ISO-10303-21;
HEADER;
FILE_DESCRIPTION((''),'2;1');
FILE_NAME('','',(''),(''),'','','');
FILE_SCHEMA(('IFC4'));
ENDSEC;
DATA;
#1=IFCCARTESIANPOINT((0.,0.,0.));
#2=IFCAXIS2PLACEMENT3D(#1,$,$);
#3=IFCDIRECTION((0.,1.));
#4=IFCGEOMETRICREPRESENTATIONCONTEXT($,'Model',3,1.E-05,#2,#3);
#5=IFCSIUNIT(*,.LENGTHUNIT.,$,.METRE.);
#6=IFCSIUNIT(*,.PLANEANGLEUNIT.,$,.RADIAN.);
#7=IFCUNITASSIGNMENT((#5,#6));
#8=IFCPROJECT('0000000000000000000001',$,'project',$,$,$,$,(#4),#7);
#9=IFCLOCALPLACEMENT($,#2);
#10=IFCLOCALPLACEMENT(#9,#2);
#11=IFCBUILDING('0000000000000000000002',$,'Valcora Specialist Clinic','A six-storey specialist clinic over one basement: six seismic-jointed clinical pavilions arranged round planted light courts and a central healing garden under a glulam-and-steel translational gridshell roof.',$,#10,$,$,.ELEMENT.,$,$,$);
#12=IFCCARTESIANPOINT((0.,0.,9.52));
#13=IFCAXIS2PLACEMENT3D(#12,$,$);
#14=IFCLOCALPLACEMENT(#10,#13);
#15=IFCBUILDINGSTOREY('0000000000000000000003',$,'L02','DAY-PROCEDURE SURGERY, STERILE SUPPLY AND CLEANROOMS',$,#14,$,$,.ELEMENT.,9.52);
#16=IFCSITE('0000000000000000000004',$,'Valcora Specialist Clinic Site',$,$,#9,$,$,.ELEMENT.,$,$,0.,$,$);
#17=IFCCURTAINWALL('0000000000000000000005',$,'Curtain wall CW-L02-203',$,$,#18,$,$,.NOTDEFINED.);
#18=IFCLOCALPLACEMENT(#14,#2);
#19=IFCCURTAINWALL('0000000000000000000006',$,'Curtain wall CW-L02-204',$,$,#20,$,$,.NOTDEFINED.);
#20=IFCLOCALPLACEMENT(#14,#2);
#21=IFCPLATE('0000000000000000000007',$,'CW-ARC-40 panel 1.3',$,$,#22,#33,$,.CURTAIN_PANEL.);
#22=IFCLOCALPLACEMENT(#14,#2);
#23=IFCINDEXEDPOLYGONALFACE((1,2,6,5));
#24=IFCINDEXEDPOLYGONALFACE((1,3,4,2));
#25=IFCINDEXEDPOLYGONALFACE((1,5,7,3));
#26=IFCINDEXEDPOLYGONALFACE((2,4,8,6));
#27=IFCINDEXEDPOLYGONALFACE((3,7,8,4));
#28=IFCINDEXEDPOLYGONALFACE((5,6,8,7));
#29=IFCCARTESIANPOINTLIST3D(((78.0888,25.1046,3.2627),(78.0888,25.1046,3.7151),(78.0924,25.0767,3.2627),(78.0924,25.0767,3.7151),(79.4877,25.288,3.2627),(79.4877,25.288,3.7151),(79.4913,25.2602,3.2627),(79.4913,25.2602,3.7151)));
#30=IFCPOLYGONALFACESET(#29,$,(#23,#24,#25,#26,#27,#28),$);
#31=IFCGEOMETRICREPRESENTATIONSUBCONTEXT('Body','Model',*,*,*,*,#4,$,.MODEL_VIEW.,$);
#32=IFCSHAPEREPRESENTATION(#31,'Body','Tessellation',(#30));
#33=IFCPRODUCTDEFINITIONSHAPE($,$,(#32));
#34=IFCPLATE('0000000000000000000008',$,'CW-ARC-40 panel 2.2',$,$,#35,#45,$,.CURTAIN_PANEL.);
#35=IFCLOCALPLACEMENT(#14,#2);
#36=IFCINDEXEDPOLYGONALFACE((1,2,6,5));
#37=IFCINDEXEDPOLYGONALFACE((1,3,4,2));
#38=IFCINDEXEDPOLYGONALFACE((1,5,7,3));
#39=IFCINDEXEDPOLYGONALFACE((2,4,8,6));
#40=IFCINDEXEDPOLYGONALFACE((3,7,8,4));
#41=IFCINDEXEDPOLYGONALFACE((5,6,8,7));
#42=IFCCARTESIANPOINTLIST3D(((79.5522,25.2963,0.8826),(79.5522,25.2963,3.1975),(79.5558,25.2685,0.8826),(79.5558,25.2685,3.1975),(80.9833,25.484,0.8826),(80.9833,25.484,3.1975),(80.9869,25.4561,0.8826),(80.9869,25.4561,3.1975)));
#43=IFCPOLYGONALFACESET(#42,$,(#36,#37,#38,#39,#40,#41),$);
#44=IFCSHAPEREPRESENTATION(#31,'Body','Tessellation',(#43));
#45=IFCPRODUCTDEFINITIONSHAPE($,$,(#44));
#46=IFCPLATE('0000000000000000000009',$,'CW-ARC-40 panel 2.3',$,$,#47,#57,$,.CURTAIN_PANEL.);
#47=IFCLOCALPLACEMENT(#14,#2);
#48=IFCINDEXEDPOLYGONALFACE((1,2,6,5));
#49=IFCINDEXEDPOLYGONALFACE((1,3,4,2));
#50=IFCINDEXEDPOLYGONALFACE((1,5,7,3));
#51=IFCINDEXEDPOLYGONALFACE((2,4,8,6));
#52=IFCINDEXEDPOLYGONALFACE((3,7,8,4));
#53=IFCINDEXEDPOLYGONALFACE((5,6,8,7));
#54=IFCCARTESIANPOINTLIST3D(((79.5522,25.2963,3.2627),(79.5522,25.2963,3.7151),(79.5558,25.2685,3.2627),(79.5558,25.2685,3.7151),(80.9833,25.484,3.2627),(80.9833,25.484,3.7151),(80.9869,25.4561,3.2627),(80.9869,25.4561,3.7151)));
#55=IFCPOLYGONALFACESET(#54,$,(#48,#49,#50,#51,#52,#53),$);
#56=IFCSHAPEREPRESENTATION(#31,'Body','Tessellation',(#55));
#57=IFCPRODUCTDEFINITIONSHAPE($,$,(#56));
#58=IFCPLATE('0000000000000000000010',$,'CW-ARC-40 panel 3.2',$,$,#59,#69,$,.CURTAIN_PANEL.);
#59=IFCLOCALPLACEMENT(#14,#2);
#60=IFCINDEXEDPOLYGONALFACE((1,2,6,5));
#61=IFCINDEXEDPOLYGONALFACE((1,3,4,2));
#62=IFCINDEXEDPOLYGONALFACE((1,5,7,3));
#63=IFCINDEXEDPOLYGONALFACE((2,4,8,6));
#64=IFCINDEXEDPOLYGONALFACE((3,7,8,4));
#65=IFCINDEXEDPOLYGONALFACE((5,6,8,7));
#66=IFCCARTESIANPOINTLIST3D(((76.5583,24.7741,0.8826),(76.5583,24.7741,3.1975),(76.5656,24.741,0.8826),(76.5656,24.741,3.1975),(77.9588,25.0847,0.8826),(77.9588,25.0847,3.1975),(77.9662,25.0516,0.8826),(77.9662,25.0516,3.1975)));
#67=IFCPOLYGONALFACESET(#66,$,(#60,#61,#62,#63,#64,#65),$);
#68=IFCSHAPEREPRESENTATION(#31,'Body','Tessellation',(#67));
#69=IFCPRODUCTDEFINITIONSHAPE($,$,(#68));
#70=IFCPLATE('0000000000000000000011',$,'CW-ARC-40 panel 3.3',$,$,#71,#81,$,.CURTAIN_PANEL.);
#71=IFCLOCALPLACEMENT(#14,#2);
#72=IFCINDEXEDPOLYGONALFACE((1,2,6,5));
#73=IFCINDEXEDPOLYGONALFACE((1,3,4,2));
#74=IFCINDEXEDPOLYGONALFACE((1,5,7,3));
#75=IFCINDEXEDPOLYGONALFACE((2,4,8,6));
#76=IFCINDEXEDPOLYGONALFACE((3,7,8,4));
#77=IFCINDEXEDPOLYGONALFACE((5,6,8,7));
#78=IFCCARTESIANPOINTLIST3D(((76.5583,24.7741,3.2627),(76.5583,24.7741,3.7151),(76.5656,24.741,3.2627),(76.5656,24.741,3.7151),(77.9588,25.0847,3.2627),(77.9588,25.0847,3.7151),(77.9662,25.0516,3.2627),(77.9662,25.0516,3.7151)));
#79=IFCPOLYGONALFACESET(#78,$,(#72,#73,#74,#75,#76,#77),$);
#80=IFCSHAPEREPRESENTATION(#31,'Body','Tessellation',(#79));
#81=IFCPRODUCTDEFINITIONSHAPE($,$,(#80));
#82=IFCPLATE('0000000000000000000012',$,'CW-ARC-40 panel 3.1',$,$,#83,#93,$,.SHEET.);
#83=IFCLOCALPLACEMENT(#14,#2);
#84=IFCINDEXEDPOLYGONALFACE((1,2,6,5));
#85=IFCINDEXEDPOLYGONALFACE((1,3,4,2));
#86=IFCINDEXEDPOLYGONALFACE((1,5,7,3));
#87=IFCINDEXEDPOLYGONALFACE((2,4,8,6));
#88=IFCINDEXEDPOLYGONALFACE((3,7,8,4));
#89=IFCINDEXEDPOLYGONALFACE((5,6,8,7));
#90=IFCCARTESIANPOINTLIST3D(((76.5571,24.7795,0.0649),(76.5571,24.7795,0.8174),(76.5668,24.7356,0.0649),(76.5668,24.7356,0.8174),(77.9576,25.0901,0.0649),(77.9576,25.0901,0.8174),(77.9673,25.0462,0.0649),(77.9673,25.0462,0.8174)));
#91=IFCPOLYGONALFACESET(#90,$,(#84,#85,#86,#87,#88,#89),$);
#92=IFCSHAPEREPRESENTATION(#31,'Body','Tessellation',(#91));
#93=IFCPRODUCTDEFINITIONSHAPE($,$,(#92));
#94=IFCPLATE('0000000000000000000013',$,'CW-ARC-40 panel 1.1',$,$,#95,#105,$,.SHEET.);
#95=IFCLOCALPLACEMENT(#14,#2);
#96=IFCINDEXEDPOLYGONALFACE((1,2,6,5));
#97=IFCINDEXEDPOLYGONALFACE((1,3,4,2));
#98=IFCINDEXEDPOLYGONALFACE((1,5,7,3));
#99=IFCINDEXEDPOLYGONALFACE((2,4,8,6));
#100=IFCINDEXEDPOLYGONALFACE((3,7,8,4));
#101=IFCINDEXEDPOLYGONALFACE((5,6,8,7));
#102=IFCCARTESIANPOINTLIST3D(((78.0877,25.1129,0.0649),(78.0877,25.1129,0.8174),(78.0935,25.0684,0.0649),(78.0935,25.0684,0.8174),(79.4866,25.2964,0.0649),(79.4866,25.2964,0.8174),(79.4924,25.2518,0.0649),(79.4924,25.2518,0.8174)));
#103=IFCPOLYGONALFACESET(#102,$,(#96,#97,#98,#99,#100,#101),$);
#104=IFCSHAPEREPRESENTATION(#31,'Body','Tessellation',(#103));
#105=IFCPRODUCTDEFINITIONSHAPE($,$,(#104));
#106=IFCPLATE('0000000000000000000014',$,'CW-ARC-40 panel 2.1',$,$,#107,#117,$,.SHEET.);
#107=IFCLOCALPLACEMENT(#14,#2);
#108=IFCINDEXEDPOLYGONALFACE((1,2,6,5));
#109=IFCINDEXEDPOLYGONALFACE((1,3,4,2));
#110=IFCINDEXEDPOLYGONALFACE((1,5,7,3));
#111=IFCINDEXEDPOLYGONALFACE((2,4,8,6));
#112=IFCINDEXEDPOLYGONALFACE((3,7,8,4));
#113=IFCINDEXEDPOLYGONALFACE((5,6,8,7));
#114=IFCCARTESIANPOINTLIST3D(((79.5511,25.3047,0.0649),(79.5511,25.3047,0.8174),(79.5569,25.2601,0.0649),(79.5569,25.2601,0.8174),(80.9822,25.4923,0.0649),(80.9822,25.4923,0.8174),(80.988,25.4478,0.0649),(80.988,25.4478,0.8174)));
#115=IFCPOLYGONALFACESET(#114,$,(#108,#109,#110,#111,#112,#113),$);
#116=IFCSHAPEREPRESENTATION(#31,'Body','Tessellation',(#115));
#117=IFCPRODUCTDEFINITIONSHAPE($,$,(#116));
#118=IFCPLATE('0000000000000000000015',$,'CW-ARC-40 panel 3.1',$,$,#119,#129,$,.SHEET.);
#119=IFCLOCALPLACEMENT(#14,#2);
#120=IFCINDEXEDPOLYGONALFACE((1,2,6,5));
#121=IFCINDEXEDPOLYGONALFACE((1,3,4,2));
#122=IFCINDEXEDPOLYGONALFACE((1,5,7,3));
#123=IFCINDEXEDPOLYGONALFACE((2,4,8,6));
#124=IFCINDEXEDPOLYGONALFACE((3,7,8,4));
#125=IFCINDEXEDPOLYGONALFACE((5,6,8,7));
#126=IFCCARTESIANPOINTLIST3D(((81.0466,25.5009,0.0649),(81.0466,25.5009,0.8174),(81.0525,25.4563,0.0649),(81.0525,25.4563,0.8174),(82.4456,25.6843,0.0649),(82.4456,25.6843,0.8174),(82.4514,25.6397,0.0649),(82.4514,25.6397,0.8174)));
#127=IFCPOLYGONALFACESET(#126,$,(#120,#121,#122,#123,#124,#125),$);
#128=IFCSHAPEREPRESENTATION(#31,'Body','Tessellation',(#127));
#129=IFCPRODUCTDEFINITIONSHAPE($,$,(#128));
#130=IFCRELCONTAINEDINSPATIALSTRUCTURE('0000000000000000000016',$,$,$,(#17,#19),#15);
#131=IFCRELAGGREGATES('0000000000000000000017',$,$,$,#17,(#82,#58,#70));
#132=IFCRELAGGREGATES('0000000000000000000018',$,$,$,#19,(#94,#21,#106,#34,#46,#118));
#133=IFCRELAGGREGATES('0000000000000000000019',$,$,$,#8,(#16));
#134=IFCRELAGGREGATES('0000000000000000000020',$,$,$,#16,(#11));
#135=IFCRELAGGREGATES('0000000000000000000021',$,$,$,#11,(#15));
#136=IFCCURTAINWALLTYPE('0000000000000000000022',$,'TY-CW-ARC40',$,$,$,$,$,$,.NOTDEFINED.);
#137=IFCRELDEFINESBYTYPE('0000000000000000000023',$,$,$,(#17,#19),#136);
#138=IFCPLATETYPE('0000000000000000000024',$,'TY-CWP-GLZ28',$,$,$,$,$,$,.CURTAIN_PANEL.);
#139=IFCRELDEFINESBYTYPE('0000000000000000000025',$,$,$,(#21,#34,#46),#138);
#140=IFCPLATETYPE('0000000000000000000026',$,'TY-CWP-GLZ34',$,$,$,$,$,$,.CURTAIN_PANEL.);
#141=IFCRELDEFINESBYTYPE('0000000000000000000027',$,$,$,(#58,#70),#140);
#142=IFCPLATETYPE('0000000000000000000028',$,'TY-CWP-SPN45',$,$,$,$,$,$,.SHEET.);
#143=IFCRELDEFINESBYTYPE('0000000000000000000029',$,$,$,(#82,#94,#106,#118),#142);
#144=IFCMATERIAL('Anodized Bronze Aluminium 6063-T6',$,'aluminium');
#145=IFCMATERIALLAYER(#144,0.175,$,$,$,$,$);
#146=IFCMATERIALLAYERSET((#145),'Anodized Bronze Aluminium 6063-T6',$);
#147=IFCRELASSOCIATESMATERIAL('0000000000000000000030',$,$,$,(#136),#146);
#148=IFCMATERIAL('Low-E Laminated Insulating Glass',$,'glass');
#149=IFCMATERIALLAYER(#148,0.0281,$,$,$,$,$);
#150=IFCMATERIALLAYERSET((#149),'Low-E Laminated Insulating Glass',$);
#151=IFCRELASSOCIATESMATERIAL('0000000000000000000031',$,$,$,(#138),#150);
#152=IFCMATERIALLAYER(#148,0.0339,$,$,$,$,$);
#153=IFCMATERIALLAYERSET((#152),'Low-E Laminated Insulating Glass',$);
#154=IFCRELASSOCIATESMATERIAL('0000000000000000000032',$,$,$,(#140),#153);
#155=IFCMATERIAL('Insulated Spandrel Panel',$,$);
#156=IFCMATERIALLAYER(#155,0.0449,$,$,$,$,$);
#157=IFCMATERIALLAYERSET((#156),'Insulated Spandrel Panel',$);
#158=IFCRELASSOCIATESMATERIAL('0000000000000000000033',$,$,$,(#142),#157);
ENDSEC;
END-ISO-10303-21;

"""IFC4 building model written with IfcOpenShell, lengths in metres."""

from ifc_helpers import new_model, si_unit, direction, frame, origin, origin_2d, place, context, subcontext, project, spatial, rectangle, extrude, material, layer, layer_set, type_object, element, aggregate, save


model = new_model("IFC4")

# Units and contexts
model_context = context("Model", 3, precision=1e-05, world=origin(), true_north=direction((0.0, 1.0)))
body_context = subcontext(model_context, "Body", "Model", "MODEL_VIEW")
ifc_project = project(units=[si_unit("LENGTHUNIT", "METRE"), si_unit("PLANEANGLEUNIT", "RADIAN")], contexts=[model_context])

# Site, building, storey
site_placement = place(None, origin())
site = spatial("IfcSite", under=ifc_project, at=site_placement, Name="Valcora Specialist Clinic Site", CompositionType="ELEMENT", RefElevation=0.0)
building_placement = place(site_placement, origin())
building = spatial("IfcBuilding", under=site, at=building_placement, Name="Valcora Specialist Clinic", Description="A six-storey specialist clinic over one basement: six seismic-jointed clinical pavilions arranged round planted light courts and a central healing garden under a glulam-and-steel translational gridshell roof.", CompositionType="ELEMENT")
storey_placement = place(building_placement, frame((0.0, 0.0, 9.52)))
storey = spatial("IfcBuildingStorey", under=building, at=storey_placement, Name="L02", Description="DAY-PROCEDURE SURGERY, STERILE SUPPLY AND CLEANROOMS", CompositionType="ELEMENT", Elevation=9.52)

# Curtain walls
ifc_material_1 = material(Name="Anodized Bronze Aluminium 6063-T6", Category="aluminium")
ifc_layer_1 = layer(ifc_material_1, 0.175)
ifc_layer_set_1 = layer_set([ifc_layer_1], Name="Anodized Bronze Aluminium 6063-T6")
curtain_wall_type = type_object("IfcCurtainWallType", Name="TY-CW-ARC40", PredefinedType="NOTDEFINED", material=ifc_layer_set_1)
curtain_wall_1_placement = place(storey_placement, origin())
curtain_wall_1 = element("IfcCurtainWall", 1, at=curtain_wall_1_placement, inside=storey, type_object=curtain_wall_type, Name="Curtain wall CW-L02-203", PredefinedType="NOTDEFINED")
curtain_wall_2_placement = place(storey_placement, origin())
curtain_wall_2 = element("IfcCurtainWall", 2, at=curtain_wall_2_placement, inside=storey, type_object=curtain_wall_type, Name="Curtain wall CW-L02-204", PredefinedType="NOTDEFINED")

# Plates
ifc_material_2 = material(Name="Low-E Laminated Insulating Glass", Category="glass")
ifc_layer_2 = layer(ifc_material_2, 0.0281)
ifc_layer_set_2 = layer_set([ifc_layer_2], Name="Low-E Laminated Insulating Glass")
plate_type_1 = type_object("IfcPlateType", Name="TY-CWP-GLZ28", PredefinedType="CURTAIN_PANEL", material=ifc_layer_set_2)
plate_1_placement = place(storey_placement, frame((78.79, 25.1824, 3.2627), z_axis=(0.0, 0.0, 1.0), x_axis=(0.991514, 0.129999, 0.0)))
plate_1 = element("IfcPlate", 3, at=plate_1_placement, type_object=plate_type_1, Name="CW-ARC-40 panel 1.3", PredefinedType="CURTAIN_PANEL", context=body_context, shape_type="SweptSolid", body=[
    extrude(rectangle(XDim=1.4109, YDim=0.0281, at=origin_2d()), origin(), (0.0, 0.0, 1.0), 0.4524),
])
plate_2_placement = place(storey_placement, frame((80.2695, 25.3762, 0.8826), z_axis=(0.0, 0.0, 1.0), x_axis=(0.991514, 0.129999, 0.0)))
plate_2 = element("IfcPlate", 4, at=plate_2_placement, type_object=plate_type_1, Name="CW-ARC-40 panel 2.2", PredefinedType="CURTAIN_PANEL", context=body_context, shape_type="SweptSolid", body=[
    extrude(rectangle(XDim=1.4434, YDim=0.0281, at=origin_2d()), origin(), (0.0, 0.0, 1.0), 2.3149),
])
plate_3_placement = place(storey_placement, frame((80.2695, 25.3762, 3.2627), z_axis=(0.0, 0.0, 1.0), x_axis=(0.991514, 0.129999, 0.0)))
plate_3 = element("IfcPlate", 5, at=plate_3_placement, type_object=plate_type_1, Name="CW-ARC-40 panel 2.3", PredefinedType="CURTAIN_PANEL", context=body_context, shape_type="SweptSolid", body=[
    extrude(rectangle(XDim=1.4434, YDim=0.0281, at=origin_2d()), origin(), (0.0, 0.0, 1.0), 0.4524),
])
ifc_layer_3 = layer(ifc_material_2, 0.0339)
ifc_layer_set_3 = layer_set([ifc_layer_3], Name="Low-E Laminated Insulating Glass")
plate_type_2 = type_object("IfcPlateType", Name="TY-CWP-GLZ34", PredefinedType="CURTAIN_PANEL", material=ifc_layer_set_3)
plate_4_placement = place(storey_placement, frame((77.2622, 24.9128, 0.8826), z_axis=(0.0, 0.0, 1.0), x_axis=(0.976279, 0.216518, 0.0)))
plate_4 = element("IfcPlate", 6, at=plate_4_placement, type_object=plate_type_2, Name="CW-ARC-40 panel 3.2", PredefinedType="CURTAIN_PANEL", context=body_context, shape_type="SweptSolid", body=[
    extrude(rectangle(XDim=1.4346, YDim=0.0339, at=origin_2d()), origin(), (0.0, 0.0, 1.0), 2.3149),
])
plate_5_placement = place(storey_placement, frame((77.2622, 24.9128, 3.2627), z_axis=(0.0, 0.0, 1.0), x_axis=(0.976279, 0.216518, 0.0)))
plate_5 = element("IfcPlate", 7, at=plate_5_placement, type_object=plate_type_2, Name="CW-ARC-40 panel 3.3", PredefinedType="CURTAIN_PANEL", context=body_context, shape_type="SweptSolid", body=[
    extrude(rectangle(XDim=1.4346, YDim=0.0339, at=origin_2d()), origin(), (0.0, 0.0, 1.0), 0.4524),
])
ifc_material_3 = material(Name="Insulated Spandrel Panel")
ifc_layer_4 = layer(ifc_material_3, 0.0449)
ifc_layer_set_4 = layer_set([ifc_layer_4], Name="Insulated Spandrel Panel")
plate_type_3 = type_object("IfcPlateType", Name="TY-CWP-SPN45", PredefinedType="SHEET", material=ifc_layer_set_4)
plate_6_placement = place(storey_placement, frame((77.2622, 24.9128, 0.0649), z_axis=(0.0, 0.0, 1.0), x_axis=(0.976279, 0.216518, 0.0)))
plate_6 = element("IfcPlate", 8, at=plate_6_placement, type_object=plate_type_3, Name="CW-ARC-40 panel 3.1", PredefinedType="SHEET", context=body_context, shape_type="SweptSolid", body=[
    extrude(rectangle(XDim=1.4346, YDim=0.0449, at=origin_2d()), origin(), (0.0, 0.0, 1.0), 0.7524),
])
aggregate(curtain_wall_1, [plate_6, plate_4, plate_5])
plate_7_placement = place(storey_placement, frame((78.79, 25.1824, 0.0649), z_axis=(0.0, 0.0, 1.0), x_axis=(0.991514, 0.129999, 0.0)))
plate_7 = element("IfcPlate", 9, at=plate_7_placement, type_object=plate_type_3, Name="CW-ARC-40 panel 1.1", PredefinedType="SHEET", context=body_context, shape_type="SweptSolid", body=[
    extrude(rectangle(XDim=1.4109, YDim=0.0449, at=origin_2d()), origin(), (0.0, 0.0, 1.0), 0.7524),
])
plate_8_placement = place(storey_placement, frame((80.2695, 25.3762, 0.0649), z_axis=(0.0, 0.0, 1.0), x_axis=(0.991514, 0.129999, 0.0)))
plate_8 = element("IfcPlate", 10, at=plate_8_placement, type_object=plate_type_3, Name="CW-ARC-40 panel 2.1", PredefinedType="SHEET", context=body_context, shape_type="SweptSolid", body=[
    extrude(rectangle(XDim=1.4434, YDim=0.0449, at=origin_2d()), origin(), (0.0, 0.0, 1.0), 0.7524),
])
plate_9_placement = place(storey_placement, frame((81.749, 25.5703, 0.0649), z_axis=(0.0, 0.0, 1.0), x_axis=(0.991514, 0.129999, 0.0)))
plate_9 = element("IfcPlate", 11, at=plate_9_placement, type_object=plate_type_3, Name="CW-ARC-40 panel 3.1", PredefinedType="SHEET", context=body_context, shape_type="SweptSolid", body=[
    extrude(rectangle(XDim=1.4109, YDim=0.0449, at=origin_2d()), origin(), (0.0, 0.0, 1.0), 0.7524),
])
aggregate(curtain_wall_2, [plate_7, plate_1, plate_8, plate_2, plate_3, plate_9])

save(model, "model.ifc")
